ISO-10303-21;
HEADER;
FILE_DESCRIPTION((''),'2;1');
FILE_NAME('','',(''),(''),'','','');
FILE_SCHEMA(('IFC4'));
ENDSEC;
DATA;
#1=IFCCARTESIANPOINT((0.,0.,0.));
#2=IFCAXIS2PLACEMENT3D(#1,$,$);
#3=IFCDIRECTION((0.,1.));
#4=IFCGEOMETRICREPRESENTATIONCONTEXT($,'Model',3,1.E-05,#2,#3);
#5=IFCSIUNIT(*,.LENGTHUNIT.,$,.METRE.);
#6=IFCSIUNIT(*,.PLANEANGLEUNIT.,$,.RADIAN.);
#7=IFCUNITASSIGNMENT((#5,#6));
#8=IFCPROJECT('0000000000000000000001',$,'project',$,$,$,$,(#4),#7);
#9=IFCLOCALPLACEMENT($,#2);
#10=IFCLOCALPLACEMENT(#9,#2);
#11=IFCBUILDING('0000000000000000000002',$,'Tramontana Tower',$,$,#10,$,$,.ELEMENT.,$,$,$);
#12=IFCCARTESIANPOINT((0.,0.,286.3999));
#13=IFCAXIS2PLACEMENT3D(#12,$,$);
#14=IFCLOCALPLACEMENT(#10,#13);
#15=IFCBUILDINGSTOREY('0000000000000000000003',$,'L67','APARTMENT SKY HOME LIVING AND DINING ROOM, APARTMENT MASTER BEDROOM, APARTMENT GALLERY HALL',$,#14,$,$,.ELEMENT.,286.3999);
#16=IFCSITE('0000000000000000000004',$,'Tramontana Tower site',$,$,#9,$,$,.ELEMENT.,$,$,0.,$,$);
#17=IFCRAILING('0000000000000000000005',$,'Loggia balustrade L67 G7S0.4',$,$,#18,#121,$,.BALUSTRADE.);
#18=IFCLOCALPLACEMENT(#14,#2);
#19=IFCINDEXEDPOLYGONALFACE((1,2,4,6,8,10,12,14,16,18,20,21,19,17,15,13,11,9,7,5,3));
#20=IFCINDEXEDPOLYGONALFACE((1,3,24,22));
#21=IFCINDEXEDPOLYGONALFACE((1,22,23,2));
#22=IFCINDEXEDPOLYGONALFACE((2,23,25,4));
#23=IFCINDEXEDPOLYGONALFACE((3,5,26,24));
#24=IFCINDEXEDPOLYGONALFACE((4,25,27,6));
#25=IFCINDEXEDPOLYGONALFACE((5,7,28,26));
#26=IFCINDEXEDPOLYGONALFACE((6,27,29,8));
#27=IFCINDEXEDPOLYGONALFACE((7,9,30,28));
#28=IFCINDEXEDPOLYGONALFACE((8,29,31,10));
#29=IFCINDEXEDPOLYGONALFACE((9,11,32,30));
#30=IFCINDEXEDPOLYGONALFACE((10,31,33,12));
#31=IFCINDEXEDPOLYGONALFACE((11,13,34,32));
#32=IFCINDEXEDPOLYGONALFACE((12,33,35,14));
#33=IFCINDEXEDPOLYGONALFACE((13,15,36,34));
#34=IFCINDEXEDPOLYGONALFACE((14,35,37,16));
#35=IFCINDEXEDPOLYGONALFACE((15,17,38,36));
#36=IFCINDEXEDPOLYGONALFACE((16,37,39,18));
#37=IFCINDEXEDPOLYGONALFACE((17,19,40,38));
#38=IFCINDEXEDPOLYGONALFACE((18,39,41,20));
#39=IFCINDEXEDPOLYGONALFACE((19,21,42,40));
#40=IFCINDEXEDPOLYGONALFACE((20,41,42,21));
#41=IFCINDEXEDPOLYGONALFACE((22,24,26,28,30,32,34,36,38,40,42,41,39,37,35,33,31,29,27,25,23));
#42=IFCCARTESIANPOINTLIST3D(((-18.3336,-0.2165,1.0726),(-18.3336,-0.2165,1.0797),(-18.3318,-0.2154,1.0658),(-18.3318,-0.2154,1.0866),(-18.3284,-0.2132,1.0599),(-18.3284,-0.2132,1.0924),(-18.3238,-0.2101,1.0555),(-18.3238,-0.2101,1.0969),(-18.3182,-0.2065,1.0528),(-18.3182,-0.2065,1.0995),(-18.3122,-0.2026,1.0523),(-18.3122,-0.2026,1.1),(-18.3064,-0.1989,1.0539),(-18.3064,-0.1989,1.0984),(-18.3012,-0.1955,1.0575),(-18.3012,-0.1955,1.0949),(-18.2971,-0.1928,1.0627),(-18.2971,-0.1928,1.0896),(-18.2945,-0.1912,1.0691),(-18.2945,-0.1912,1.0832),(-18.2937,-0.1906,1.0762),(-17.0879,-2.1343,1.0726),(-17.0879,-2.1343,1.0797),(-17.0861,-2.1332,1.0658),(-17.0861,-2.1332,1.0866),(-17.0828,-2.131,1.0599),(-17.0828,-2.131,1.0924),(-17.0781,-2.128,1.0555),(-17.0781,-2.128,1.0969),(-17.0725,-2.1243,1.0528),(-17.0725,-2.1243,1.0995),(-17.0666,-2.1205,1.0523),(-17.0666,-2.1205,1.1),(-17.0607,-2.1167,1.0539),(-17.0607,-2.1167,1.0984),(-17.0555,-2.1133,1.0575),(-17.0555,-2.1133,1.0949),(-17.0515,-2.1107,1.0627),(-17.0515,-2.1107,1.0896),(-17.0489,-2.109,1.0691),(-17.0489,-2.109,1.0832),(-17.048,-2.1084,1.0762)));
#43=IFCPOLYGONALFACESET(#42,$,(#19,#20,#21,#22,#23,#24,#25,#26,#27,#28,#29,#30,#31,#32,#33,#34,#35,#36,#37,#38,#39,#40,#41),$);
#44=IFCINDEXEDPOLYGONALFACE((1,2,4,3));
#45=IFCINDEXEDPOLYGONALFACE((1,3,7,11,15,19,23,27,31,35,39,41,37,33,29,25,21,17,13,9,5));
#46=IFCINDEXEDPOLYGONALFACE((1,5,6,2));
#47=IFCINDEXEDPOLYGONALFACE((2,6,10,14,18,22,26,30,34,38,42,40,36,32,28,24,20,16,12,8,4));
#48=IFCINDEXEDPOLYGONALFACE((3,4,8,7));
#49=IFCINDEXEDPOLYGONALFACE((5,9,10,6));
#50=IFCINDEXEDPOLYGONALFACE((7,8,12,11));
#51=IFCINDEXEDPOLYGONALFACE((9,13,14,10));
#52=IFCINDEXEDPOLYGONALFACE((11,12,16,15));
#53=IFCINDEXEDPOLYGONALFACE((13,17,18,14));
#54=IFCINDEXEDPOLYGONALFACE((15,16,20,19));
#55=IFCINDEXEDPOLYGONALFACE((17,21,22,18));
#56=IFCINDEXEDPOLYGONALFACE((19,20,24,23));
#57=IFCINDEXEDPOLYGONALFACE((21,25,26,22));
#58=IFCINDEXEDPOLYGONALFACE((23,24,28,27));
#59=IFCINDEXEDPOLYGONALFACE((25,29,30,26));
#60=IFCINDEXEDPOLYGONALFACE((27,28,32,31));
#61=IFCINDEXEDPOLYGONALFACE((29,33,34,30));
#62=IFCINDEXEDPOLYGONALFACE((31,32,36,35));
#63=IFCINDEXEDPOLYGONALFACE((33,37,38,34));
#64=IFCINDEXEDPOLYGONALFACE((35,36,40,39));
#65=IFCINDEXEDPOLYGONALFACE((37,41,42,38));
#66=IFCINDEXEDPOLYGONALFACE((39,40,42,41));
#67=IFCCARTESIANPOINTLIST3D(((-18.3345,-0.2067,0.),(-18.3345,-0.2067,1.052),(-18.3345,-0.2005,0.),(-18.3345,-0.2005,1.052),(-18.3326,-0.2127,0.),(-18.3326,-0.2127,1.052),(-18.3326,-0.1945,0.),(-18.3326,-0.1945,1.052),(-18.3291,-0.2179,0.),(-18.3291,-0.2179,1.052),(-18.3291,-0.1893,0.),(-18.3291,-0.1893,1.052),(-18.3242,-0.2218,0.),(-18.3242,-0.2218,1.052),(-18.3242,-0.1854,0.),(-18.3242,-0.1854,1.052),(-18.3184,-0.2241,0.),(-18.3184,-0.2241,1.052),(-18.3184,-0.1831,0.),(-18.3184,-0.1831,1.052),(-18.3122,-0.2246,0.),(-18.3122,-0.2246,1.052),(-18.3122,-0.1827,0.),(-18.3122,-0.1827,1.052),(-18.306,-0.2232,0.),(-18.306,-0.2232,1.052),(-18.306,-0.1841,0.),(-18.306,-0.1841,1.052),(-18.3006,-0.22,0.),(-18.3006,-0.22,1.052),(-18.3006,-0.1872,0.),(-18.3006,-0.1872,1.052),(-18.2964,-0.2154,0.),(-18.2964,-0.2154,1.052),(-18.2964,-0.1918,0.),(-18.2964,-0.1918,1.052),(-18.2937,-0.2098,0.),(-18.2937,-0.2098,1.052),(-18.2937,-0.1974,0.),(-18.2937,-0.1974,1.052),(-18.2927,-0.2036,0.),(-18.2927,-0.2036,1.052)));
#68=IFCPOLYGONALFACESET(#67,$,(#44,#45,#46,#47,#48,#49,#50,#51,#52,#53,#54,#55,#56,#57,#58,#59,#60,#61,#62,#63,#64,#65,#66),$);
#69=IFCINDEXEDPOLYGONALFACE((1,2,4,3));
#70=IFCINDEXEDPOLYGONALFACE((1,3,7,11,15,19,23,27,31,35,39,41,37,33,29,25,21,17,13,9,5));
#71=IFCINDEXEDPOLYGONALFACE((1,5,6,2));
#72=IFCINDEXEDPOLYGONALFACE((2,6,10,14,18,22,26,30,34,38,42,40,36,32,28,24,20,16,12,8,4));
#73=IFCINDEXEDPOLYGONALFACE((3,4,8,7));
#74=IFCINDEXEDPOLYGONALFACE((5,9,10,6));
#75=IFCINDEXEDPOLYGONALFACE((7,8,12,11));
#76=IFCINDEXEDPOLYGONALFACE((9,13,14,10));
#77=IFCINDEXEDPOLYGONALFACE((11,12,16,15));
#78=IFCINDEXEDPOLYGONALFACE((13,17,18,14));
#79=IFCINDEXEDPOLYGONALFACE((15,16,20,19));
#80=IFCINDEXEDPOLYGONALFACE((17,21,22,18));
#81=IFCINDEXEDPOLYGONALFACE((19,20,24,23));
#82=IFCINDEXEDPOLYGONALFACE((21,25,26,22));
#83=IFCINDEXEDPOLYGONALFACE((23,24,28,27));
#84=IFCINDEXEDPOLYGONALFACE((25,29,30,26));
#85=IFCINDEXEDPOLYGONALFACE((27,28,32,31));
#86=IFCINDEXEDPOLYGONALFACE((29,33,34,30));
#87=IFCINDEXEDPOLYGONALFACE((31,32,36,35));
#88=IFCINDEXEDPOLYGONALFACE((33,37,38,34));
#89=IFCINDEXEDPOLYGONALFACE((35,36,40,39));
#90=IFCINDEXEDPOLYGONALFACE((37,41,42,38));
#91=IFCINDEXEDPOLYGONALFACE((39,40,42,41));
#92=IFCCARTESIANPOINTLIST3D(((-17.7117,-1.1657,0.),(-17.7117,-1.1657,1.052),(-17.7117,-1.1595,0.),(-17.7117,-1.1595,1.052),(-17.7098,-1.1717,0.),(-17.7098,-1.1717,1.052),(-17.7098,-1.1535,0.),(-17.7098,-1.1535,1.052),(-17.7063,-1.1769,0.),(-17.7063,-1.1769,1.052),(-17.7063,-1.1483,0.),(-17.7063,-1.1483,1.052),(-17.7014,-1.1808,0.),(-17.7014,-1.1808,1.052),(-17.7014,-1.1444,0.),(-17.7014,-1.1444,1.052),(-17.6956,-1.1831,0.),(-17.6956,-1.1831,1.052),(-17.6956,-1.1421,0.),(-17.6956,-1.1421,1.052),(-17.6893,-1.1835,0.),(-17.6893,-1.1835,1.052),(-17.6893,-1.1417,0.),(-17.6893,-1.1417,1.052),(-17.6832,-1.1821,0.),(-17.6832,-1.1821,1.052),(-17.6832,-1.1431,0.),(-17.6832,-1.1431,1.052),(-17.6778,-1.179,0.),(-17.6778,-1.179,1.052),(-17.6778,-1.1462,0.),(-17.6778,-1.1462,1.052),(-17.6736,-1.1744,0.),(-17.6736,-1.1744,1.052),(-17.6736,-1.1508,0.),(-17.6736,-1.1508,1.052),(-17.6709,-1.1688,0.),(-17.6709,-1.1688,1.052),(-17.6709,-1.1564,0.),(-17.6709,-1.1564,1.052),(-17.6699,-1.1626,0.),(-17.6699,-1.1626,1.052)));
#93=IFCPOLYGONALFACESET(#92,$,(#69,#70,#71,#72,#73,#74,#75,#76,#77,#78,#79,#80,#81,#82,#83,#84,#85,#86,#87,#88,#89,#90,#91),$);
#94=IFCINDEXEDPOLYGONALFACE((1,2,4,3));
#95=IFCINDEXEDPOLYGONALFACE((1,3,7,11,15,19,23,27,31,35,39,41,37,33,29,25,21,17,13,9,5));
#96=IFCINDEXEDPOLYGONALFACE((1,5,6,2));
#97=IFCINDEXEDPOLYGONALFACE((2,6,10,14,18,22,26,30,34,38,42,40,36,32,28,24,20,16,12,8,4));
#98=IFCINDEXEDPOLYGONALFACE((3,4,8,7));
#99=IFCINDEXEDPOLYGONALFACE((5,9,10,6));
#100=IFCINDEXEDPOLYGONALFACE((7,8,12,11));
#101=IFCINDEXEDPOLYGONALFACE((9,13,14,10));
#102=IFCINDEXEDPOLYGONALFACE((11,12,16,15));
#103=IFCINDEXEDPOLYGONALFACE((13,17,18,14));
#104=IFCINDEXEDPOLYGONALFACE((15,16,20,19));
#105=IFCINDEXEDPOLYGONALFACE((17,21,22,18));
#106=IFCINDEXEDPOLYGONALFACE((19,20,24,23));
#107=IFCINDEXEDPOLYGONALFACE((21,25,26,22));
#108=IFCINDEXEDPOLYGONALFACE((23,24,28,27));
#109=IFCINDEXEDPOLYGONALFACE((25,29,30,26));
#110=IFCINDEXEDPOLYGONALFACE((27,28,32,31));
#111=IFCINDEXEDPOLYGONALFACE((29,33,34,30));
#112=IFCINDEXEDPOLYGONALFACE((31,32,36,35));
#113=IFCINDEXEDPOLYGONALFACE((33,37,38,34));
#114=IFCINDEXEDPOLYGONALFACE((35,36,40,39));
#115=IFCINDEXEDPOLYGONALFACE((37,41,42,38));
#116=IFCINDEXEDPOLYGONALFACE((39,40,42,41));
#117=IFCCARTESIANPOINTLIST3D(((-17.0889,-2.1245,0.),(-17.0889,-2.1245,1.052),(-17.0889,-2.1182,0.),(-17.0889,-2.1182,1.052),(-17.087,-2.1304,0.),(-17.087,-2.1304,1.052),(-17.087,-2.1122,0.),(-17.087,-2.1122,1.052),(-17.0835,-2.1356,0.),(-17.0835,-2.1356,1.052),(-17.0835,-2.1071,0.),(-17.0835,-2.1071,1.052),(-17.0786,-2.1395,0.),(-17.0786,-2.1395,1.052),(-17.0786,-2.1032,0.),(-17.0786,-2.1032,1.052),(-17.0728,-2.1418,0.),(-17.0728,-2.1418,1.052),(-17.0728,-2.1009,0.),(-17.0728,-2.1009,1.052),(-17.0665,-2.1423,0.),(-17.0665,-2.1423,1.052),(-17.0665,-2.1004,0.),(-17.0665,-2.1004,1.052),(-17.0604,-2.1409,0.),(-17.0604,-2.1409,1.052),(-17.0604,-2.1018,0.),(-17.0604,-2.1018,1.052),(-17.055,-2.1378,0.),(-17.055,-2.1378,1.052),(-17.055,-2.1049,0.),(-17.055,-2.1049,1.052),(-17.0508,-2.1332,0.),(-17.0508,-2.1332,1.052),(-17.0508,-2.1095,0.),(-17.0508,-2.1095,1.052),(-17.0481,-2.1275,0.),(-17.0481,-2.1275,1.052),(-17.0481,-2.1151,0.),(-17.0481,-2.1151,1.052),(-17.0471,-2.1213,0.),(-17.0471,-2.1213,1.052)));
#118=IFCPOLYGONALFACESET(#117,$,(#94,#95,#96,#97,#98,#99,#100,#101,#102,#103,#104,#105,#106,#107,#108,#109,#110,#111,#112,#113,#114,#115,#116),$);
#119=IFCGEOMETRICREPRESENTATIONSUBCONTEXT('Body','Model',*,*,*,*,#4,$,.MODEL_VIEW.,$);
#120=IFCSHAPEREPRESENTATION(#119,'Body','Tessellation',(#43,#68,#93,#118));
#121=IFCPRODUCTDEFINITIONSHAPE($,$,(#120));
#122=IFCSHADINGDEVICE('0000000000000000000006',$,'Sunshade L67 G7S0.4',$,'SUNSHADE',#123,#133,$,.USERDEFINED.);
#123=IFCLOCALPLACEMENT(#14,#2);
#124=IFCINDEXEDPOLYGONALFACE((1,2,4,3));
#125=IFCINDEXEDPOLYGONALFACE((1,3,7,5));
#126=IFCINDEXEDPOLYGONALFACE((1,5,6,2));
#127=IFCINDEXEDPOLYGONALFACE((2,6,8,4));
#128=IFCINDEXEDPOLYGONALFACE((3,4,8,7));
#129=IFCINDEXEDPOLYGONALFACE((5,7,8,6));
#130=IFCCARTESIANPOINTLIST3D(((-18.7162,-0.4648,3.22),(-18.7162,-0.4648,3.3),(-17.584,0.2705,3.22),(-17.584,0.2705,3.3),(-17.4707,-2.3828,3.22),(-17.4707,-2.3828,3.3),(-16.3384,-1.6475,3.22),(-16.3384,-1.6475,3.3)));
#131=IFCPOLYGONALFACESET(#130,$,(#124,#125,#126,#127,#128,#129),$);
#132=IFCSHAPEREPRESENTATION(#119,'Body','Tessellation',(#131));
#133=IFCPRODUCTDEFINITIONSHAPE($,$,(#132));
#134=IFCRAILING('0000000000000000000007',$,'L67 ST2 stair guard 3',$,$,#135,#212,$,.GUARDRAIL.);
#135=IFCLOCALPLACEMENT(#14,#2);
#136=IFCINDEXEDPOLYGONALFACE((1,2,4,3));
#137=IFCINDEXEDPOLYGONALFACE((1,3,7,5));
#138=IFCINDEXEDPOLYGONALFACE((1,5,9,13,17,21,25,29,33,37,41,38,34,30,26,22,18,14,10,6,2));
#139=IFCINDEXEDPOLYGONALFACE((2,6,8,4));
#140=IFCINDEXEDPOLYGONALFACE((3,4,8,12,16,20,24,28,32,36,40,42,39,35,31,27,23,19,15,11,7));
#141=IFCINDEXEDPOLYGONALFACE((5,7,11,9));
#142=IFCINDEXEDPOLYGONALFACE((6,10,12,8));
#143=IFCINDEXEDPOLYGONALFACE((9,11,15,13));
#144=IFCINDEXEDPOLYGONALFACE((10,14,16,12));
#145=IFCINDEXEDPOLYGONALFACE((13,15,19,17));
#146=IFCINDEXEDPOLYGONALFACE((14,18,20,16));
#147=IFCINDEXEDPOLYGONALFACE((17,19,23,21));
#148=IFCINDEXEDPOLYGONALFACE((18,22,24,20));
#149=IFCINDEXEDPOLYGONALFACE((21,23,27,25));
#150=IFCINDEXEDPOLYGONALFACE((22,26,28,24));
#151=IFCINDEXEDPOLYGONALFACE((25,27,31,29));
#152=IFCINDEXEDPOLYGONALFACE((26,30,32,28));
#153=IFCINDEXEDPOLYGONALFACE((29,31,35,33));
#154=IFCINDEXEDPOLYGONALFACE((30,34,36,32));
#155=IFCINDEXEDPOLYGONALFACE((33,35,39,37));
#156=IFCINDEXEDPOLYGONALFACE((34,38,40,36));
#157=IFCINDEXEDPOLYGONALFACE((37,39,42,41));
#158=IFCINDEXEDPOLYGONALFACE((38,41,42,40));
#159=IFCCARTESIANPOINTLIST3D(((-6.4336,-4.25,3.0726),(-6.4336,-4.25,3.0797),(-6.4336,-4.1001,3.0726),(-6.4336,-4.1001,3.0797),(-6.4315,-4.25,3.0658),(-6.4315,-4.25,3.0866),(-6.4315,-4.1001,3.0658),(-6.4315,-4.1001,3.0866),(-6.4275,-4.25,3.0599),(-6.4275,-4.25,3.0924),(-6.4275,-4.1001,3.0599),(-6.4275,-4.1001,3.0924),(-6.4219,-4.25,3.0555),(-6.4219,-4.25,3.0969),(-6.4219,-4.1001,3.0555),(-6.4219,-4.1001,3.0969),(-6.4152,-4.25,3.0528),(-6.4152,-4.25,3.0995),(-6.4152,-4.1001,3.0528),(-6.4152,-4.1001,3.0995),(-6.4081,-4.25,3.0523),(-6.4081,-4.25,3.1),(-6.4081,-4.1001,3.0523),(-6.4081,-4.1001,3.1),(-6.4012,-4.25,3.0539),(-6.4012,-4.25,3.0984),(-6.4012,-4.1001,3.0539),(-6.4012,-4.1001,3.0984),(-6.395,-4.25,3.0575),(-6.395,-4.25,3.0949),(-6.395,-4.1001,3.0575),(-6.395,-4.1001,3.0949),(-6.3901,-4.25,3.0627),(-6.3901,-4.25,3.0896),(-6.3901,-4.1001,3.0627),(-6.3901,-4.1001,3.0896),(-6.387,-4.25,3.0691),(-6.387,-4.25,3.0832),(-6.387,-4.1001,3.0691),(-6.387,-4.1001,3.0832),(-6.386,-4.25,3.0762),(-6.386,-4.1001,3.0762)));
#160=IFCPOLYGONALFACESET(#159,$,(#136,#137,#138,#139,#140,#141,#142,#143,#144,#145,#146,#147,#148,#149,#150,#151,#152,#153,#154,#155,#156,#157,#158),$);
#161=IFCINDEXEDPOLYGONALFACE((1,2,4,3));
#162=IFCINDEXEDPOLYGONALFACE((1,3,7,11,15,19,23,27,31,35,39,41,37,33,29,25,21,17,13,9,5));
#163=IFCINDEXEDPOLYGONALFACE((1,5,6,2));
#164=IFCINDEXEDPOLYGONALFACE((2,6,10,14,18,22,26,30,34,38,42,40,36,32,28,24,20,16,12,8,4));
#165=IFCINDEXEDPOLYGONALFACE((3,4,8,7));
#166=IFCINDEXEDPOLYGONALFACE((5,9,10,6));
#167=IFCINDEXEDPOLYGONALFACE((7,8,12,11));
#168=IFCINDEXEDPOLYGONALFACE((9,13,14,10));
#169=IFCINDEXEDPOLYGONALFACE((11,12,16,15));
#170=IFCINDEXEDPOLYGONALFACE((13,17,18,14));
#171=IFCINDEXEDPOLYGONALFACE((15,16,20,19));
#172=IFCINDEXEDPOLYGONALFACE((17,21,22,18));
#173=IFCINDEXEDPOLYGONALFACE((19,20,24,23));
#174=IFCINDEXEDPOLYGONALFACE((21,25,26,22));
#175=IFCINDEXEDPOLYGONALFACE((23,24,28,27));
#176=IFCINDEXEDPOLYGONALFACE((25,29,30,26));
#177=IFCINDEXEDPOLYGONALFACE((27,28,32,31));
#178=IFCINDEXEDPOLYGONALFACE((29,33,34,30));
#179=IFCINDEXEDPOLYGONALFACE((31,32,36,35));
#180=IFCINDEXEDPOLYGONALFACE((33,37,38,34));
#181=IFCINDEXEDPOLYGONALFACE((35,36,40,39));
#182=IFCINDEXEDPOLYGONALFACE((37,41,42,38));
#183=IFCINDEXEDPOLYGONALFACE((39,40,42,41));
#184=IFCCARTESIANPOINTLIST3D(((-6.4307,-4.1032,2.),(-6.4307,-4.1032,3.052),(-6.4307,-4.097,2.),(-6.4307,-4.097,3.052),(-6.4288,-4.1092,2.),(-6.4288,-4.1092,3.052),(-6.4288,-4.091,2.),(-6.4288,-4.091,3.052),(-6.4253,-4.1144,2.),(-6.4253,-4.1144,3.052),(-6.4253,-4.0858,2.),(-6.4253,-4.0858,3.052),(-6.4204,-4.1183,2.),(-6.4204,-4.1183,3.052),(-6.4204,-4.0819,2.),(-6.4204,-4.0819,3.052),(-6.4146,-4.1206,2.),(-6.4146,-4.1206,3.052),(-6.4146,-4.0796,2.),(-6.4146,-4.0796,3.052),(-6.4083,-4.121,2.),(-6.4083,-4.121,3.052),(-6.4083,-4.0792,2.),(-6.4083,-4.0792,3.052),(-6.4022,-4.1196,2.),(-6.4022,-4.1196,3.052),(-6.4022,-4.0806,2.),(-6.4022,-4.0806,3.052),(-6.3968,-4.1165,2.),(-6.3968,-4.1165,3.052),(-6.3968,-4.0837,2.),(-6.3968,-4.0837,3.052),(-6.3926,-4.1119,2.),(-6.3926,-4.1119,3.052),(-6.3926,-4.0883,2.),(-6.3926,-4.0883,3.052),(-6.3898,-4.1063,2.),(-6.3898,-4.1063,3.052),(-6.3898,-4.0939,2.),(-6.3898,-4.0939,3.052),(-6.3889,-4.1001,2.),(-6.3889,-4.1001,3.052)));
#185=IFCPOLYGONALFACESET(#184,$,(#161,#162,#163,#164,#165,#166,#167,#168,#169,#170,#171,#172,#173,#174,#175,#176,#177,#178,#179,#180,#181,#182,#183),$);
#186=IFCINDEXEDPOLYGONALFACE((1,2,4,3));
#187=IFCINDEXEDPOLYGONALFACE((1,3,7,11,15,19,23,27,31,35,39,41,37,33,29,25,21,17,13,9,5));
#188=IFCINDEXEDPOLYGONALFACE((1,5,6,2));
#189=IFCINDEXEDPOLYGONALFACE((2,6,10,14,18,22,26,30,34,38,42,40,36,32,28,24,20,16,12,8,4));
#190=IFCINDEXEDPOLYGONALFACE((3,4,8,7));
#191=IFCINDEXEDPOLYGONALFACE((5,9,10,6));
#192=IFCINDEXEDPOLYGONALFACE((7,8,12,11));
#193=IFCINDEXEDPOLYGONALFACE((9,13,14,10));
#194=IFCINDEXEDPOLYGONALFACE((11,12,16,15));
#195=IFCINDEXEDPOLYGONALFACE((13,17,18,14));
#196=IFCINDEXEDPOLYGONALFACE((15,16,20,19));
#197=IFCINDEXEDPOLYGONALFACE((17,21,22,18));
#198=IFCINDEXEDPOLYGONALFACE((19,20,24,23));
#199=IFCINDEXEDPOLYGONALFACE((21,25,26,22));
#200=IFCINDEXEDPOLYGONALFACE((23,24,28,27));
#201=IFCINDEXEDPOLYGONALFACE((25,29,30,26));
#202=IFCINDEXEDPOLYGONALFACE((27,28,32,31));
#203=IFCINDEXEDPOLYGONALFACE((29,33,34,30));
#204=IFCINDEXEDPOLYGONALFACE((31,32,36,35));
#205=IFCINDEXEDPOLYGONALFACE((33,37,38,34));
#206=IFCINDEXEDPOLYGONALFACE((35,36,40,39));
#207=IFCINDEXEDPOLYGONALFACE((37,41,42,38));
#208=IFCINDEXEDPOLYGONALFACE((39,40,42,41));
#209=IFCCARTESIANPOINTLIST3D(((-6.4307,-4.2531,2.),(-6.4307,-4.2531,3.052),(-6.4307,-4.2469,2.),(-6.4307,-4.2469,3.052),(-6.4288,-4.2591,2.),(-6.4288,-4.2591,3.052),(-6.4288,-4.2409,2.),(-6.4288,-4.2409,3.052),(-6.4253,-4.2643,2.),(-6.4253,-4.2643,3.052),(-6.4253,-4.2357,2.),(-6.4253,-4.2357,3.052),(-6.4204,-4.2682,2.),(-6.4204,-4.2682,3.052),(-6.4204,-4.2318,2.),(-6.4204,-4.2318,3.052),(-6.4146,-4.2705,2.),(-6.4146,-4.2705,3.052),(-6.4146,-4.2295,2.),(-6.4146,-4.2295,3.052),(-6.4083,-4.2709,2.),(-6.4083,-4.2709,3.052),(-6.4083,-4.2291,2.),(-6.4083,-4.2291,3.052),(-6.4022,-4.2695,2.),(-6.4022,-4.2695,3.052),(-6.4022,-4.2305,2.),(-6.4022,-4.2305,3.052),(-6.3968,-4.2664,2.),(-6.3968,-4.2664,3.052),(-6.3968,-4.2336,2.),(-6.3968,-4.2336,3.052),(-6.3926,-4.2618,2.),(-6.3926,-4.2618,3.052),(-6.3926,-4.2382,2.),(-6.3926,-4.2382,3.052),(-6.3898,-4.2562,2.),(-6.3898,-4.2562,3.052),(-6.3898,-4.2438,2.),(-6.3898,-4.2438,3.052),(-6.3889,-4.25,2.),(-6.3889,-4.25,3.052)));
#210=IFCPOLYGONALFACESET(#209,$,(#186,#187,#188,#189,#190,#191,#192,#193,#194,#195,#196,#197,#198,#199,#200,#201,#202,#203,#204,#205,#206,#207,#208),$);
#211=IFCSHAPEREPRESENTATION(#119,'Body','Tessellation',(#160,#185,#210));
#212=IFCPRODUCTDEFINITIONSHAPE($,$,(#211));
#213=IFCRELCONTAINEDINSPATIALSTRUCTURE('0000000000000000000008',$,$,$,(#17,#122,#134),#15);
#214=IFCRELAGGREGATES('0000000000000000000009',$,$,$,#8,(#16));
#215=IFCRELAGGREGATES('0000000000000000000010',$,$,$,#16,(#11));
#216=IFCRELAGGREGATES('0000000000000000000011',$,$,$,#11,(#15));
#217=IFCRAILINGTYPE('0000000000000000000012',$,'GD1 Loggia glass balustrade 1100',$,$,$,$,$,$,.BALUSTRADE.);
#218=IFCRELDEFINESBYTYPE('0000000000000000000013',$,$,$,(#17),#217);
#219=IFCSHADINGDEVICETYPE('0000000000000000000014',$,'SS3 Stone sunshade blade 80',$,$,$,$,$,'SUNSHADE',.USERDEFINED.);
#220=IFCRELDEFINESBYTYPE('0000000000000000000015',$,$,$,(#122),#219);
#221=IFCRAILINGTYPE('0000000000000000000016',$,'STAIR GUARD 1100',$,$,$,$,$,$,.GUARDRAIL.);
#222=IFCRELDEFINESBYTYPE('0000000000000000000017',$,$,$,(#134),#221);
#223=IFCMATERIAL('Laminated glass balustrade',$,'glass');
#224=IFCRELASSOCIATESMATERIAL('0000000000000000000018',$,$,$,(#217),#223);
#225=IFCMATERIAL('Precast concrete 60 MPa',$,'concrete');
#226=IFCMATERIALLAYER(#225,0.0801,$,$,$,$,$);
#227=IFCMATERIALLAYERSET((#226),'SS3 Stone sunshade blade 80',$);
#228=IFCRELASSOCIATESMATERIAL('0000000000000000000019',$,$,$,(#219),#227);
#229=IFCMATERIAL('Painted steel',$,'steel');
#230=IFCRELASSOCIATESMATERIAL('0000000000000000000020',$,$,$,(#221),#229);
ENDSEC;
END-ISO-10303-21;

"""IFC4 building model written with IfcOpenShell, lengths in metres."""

from ifc_helpers import new_model, si_unit, direction, frame, origin, origin_2d, place, context, subcontext, project, spatial, rectangle, circle, extrude, material, layer, layer_set, type_object, element, save


model = new_model("IFC4")

# Units and contexts
model_context = context("Model", 3, precision=1e-05, world=origin(), true_north=direction((0.0, 1.0)))
body_context = subcontext(model_context, "Body", "Model", "MODEL_VIEW")
ifc_project = project(units=[si_unit("LENGTHUNIT", "METRE"), si_unit("PLANEANGLEUNIT", "RADIAN")], contexts=[model_context])

# Site, building, storey
site_placement = place(None, origin())
site = spatial("IfcSite", under=ifc_project, at=site_placement, Name="Tramontana Tower site", CompositionType="ELEMENT", RefElevation=0.0)
building_placement = place(site_placement, origin())
building = spatial("IfcBuilding", under=site, at=building_placement, Name="Tramontana Tower", CompositionType="ELEMENT")
storey_placement = place(building_placement, frame((0.0, 0.0, 286.3999)))
storey = spatial("IfcBuildingStorey", under=building, at=storey_placement, Name="L67", Description="APARTMENT SKY HOME LIVING AND DINING ROOM, APARTMENT MASTER BEDROOM, APARTMENT GALLERY HALL", CompositionType="ELEMENT", Elevation=286.3999)

# Railing
ifc_material_1 = material(Name="Laminated glass balustrade", Category="glass")
railing_type_1 = type_object("IfcRailingType", Name="GD1 Loggia glass balustrade 1100", PredefinedType="BALUSTRADE", material=ifc_material_1)
railing_1_placement = place(storey_placement, frame((-18.3137, -0.2036, 0.0)))
element("IfcRailing", 1, at=railing_1_placement, inside=storey, type_object=railing_type_1, Name="Loggia balustrade L67 G7S0.4", PredefinedType="BALUSTRADE", context=body_context, shape_type="SweptSolid", body=[
    extrude(circle(Radius=0.0239, at=origin_2d()), frame((0.0, 0.0, 1.0762), z_axis=(0.544707, -0.838627, 0.0), x_axis=(0.838627, 0.544707, 0.0)), (0.0, 0.0, 1.0), 2.2869),
    extrude(circle(Radius=0.021, at=origin_2d()), origin(), (0.0, 0.0, 1.0), 1.052),
    extrude(circle(Radius=0.021, at=origin_2d()), frame((0.6228, -0.959, 0.0)), (0.0, 0.0, 1.0), 1.052),
    extrude(circle(Radius=0.021, at=origin_2d()), frame((1.2456, -1.9177, 0.0)), (0.0, 0.0, 1.0), 1.052),
])

# Shading device
ifc_material_2 = material(Name="Precast concrete 60 MPa", Category="concrete")
ifc_layer_1 = layer(ifc_material_2, 0.0801)
ifc_layer_set_1 = layer_set([ifc_layer_1], Name="SS3 Stone sunshade blade 80")
shading_device_type = type_object("IfcShadingDeviceType", Name="SS3 Stone sunshade blade 80", ElementType="SUNSHADE", PredefinedType="USERDEFINED", material=ifc_layer_set_1)
shading_device_placement = place(storey_placement, frame((-17.5273, -1.0562, 3.22), z_axis=(0.0, 0.0, 1.0), x_axis=(0.544639, -0.838671, 0.0)))
element("IfcShadingDevice", 2, at=shading_device_placement, inside=storey, type_object=shading_device_type, Name="Sunshade L67 G7S0.4", ObjectType="SUNSHADE", PredefinedType="USERDEFINED", context=body_context, shape_type="SweptSolid", body=[
    extrude(rectangle(XDim=2.2869, YDim=1.3501, at=origin_2d()), origin(), (0.0, 0.0, 1.0), 0.0801),
])

# Railing
ifc_material_3 = material(Name="Painted steel", Category="steel")
railing_type_2 = type_object("IfcRailingType", Name="STAIR GUARD 1100", PredefinedType="GUARDRAIL", material=ifc_material_3)
railing_2_placement = place(storey_placement, frame((-6.4099, -4.1001, 2.0)))
element("IfcRailing", 3, at=railing_2_placement, inside=storey, type_object=railing_type_2, Name="L67 ST2 stair guard 3", PredefinedType="GUARDRAIL", context=body_context, shape_type="SweptSolid", body=[
    extrude(circle(Radius=0.0239, at=origin_2d()), frame((0.0, 0.0, 1.0762), z_axis=(0.0, -1.0, 0.0), x_axis=(1.0, 0.0, 0.0)), (0.0, 0.0, 1.0), 0.1499),
    extrude(circle(Radius=0.021, at=origin_2d()), origin(), (0.0, 0.0, 1.0), 1.052),
    extrude(circle(Radius=0.021, at=origin_2d()), frame((0.0, -0.1499, 0.0)), (0.0, 0.0, 1.0), 1.052),
])

save(model, "model.ifc")
